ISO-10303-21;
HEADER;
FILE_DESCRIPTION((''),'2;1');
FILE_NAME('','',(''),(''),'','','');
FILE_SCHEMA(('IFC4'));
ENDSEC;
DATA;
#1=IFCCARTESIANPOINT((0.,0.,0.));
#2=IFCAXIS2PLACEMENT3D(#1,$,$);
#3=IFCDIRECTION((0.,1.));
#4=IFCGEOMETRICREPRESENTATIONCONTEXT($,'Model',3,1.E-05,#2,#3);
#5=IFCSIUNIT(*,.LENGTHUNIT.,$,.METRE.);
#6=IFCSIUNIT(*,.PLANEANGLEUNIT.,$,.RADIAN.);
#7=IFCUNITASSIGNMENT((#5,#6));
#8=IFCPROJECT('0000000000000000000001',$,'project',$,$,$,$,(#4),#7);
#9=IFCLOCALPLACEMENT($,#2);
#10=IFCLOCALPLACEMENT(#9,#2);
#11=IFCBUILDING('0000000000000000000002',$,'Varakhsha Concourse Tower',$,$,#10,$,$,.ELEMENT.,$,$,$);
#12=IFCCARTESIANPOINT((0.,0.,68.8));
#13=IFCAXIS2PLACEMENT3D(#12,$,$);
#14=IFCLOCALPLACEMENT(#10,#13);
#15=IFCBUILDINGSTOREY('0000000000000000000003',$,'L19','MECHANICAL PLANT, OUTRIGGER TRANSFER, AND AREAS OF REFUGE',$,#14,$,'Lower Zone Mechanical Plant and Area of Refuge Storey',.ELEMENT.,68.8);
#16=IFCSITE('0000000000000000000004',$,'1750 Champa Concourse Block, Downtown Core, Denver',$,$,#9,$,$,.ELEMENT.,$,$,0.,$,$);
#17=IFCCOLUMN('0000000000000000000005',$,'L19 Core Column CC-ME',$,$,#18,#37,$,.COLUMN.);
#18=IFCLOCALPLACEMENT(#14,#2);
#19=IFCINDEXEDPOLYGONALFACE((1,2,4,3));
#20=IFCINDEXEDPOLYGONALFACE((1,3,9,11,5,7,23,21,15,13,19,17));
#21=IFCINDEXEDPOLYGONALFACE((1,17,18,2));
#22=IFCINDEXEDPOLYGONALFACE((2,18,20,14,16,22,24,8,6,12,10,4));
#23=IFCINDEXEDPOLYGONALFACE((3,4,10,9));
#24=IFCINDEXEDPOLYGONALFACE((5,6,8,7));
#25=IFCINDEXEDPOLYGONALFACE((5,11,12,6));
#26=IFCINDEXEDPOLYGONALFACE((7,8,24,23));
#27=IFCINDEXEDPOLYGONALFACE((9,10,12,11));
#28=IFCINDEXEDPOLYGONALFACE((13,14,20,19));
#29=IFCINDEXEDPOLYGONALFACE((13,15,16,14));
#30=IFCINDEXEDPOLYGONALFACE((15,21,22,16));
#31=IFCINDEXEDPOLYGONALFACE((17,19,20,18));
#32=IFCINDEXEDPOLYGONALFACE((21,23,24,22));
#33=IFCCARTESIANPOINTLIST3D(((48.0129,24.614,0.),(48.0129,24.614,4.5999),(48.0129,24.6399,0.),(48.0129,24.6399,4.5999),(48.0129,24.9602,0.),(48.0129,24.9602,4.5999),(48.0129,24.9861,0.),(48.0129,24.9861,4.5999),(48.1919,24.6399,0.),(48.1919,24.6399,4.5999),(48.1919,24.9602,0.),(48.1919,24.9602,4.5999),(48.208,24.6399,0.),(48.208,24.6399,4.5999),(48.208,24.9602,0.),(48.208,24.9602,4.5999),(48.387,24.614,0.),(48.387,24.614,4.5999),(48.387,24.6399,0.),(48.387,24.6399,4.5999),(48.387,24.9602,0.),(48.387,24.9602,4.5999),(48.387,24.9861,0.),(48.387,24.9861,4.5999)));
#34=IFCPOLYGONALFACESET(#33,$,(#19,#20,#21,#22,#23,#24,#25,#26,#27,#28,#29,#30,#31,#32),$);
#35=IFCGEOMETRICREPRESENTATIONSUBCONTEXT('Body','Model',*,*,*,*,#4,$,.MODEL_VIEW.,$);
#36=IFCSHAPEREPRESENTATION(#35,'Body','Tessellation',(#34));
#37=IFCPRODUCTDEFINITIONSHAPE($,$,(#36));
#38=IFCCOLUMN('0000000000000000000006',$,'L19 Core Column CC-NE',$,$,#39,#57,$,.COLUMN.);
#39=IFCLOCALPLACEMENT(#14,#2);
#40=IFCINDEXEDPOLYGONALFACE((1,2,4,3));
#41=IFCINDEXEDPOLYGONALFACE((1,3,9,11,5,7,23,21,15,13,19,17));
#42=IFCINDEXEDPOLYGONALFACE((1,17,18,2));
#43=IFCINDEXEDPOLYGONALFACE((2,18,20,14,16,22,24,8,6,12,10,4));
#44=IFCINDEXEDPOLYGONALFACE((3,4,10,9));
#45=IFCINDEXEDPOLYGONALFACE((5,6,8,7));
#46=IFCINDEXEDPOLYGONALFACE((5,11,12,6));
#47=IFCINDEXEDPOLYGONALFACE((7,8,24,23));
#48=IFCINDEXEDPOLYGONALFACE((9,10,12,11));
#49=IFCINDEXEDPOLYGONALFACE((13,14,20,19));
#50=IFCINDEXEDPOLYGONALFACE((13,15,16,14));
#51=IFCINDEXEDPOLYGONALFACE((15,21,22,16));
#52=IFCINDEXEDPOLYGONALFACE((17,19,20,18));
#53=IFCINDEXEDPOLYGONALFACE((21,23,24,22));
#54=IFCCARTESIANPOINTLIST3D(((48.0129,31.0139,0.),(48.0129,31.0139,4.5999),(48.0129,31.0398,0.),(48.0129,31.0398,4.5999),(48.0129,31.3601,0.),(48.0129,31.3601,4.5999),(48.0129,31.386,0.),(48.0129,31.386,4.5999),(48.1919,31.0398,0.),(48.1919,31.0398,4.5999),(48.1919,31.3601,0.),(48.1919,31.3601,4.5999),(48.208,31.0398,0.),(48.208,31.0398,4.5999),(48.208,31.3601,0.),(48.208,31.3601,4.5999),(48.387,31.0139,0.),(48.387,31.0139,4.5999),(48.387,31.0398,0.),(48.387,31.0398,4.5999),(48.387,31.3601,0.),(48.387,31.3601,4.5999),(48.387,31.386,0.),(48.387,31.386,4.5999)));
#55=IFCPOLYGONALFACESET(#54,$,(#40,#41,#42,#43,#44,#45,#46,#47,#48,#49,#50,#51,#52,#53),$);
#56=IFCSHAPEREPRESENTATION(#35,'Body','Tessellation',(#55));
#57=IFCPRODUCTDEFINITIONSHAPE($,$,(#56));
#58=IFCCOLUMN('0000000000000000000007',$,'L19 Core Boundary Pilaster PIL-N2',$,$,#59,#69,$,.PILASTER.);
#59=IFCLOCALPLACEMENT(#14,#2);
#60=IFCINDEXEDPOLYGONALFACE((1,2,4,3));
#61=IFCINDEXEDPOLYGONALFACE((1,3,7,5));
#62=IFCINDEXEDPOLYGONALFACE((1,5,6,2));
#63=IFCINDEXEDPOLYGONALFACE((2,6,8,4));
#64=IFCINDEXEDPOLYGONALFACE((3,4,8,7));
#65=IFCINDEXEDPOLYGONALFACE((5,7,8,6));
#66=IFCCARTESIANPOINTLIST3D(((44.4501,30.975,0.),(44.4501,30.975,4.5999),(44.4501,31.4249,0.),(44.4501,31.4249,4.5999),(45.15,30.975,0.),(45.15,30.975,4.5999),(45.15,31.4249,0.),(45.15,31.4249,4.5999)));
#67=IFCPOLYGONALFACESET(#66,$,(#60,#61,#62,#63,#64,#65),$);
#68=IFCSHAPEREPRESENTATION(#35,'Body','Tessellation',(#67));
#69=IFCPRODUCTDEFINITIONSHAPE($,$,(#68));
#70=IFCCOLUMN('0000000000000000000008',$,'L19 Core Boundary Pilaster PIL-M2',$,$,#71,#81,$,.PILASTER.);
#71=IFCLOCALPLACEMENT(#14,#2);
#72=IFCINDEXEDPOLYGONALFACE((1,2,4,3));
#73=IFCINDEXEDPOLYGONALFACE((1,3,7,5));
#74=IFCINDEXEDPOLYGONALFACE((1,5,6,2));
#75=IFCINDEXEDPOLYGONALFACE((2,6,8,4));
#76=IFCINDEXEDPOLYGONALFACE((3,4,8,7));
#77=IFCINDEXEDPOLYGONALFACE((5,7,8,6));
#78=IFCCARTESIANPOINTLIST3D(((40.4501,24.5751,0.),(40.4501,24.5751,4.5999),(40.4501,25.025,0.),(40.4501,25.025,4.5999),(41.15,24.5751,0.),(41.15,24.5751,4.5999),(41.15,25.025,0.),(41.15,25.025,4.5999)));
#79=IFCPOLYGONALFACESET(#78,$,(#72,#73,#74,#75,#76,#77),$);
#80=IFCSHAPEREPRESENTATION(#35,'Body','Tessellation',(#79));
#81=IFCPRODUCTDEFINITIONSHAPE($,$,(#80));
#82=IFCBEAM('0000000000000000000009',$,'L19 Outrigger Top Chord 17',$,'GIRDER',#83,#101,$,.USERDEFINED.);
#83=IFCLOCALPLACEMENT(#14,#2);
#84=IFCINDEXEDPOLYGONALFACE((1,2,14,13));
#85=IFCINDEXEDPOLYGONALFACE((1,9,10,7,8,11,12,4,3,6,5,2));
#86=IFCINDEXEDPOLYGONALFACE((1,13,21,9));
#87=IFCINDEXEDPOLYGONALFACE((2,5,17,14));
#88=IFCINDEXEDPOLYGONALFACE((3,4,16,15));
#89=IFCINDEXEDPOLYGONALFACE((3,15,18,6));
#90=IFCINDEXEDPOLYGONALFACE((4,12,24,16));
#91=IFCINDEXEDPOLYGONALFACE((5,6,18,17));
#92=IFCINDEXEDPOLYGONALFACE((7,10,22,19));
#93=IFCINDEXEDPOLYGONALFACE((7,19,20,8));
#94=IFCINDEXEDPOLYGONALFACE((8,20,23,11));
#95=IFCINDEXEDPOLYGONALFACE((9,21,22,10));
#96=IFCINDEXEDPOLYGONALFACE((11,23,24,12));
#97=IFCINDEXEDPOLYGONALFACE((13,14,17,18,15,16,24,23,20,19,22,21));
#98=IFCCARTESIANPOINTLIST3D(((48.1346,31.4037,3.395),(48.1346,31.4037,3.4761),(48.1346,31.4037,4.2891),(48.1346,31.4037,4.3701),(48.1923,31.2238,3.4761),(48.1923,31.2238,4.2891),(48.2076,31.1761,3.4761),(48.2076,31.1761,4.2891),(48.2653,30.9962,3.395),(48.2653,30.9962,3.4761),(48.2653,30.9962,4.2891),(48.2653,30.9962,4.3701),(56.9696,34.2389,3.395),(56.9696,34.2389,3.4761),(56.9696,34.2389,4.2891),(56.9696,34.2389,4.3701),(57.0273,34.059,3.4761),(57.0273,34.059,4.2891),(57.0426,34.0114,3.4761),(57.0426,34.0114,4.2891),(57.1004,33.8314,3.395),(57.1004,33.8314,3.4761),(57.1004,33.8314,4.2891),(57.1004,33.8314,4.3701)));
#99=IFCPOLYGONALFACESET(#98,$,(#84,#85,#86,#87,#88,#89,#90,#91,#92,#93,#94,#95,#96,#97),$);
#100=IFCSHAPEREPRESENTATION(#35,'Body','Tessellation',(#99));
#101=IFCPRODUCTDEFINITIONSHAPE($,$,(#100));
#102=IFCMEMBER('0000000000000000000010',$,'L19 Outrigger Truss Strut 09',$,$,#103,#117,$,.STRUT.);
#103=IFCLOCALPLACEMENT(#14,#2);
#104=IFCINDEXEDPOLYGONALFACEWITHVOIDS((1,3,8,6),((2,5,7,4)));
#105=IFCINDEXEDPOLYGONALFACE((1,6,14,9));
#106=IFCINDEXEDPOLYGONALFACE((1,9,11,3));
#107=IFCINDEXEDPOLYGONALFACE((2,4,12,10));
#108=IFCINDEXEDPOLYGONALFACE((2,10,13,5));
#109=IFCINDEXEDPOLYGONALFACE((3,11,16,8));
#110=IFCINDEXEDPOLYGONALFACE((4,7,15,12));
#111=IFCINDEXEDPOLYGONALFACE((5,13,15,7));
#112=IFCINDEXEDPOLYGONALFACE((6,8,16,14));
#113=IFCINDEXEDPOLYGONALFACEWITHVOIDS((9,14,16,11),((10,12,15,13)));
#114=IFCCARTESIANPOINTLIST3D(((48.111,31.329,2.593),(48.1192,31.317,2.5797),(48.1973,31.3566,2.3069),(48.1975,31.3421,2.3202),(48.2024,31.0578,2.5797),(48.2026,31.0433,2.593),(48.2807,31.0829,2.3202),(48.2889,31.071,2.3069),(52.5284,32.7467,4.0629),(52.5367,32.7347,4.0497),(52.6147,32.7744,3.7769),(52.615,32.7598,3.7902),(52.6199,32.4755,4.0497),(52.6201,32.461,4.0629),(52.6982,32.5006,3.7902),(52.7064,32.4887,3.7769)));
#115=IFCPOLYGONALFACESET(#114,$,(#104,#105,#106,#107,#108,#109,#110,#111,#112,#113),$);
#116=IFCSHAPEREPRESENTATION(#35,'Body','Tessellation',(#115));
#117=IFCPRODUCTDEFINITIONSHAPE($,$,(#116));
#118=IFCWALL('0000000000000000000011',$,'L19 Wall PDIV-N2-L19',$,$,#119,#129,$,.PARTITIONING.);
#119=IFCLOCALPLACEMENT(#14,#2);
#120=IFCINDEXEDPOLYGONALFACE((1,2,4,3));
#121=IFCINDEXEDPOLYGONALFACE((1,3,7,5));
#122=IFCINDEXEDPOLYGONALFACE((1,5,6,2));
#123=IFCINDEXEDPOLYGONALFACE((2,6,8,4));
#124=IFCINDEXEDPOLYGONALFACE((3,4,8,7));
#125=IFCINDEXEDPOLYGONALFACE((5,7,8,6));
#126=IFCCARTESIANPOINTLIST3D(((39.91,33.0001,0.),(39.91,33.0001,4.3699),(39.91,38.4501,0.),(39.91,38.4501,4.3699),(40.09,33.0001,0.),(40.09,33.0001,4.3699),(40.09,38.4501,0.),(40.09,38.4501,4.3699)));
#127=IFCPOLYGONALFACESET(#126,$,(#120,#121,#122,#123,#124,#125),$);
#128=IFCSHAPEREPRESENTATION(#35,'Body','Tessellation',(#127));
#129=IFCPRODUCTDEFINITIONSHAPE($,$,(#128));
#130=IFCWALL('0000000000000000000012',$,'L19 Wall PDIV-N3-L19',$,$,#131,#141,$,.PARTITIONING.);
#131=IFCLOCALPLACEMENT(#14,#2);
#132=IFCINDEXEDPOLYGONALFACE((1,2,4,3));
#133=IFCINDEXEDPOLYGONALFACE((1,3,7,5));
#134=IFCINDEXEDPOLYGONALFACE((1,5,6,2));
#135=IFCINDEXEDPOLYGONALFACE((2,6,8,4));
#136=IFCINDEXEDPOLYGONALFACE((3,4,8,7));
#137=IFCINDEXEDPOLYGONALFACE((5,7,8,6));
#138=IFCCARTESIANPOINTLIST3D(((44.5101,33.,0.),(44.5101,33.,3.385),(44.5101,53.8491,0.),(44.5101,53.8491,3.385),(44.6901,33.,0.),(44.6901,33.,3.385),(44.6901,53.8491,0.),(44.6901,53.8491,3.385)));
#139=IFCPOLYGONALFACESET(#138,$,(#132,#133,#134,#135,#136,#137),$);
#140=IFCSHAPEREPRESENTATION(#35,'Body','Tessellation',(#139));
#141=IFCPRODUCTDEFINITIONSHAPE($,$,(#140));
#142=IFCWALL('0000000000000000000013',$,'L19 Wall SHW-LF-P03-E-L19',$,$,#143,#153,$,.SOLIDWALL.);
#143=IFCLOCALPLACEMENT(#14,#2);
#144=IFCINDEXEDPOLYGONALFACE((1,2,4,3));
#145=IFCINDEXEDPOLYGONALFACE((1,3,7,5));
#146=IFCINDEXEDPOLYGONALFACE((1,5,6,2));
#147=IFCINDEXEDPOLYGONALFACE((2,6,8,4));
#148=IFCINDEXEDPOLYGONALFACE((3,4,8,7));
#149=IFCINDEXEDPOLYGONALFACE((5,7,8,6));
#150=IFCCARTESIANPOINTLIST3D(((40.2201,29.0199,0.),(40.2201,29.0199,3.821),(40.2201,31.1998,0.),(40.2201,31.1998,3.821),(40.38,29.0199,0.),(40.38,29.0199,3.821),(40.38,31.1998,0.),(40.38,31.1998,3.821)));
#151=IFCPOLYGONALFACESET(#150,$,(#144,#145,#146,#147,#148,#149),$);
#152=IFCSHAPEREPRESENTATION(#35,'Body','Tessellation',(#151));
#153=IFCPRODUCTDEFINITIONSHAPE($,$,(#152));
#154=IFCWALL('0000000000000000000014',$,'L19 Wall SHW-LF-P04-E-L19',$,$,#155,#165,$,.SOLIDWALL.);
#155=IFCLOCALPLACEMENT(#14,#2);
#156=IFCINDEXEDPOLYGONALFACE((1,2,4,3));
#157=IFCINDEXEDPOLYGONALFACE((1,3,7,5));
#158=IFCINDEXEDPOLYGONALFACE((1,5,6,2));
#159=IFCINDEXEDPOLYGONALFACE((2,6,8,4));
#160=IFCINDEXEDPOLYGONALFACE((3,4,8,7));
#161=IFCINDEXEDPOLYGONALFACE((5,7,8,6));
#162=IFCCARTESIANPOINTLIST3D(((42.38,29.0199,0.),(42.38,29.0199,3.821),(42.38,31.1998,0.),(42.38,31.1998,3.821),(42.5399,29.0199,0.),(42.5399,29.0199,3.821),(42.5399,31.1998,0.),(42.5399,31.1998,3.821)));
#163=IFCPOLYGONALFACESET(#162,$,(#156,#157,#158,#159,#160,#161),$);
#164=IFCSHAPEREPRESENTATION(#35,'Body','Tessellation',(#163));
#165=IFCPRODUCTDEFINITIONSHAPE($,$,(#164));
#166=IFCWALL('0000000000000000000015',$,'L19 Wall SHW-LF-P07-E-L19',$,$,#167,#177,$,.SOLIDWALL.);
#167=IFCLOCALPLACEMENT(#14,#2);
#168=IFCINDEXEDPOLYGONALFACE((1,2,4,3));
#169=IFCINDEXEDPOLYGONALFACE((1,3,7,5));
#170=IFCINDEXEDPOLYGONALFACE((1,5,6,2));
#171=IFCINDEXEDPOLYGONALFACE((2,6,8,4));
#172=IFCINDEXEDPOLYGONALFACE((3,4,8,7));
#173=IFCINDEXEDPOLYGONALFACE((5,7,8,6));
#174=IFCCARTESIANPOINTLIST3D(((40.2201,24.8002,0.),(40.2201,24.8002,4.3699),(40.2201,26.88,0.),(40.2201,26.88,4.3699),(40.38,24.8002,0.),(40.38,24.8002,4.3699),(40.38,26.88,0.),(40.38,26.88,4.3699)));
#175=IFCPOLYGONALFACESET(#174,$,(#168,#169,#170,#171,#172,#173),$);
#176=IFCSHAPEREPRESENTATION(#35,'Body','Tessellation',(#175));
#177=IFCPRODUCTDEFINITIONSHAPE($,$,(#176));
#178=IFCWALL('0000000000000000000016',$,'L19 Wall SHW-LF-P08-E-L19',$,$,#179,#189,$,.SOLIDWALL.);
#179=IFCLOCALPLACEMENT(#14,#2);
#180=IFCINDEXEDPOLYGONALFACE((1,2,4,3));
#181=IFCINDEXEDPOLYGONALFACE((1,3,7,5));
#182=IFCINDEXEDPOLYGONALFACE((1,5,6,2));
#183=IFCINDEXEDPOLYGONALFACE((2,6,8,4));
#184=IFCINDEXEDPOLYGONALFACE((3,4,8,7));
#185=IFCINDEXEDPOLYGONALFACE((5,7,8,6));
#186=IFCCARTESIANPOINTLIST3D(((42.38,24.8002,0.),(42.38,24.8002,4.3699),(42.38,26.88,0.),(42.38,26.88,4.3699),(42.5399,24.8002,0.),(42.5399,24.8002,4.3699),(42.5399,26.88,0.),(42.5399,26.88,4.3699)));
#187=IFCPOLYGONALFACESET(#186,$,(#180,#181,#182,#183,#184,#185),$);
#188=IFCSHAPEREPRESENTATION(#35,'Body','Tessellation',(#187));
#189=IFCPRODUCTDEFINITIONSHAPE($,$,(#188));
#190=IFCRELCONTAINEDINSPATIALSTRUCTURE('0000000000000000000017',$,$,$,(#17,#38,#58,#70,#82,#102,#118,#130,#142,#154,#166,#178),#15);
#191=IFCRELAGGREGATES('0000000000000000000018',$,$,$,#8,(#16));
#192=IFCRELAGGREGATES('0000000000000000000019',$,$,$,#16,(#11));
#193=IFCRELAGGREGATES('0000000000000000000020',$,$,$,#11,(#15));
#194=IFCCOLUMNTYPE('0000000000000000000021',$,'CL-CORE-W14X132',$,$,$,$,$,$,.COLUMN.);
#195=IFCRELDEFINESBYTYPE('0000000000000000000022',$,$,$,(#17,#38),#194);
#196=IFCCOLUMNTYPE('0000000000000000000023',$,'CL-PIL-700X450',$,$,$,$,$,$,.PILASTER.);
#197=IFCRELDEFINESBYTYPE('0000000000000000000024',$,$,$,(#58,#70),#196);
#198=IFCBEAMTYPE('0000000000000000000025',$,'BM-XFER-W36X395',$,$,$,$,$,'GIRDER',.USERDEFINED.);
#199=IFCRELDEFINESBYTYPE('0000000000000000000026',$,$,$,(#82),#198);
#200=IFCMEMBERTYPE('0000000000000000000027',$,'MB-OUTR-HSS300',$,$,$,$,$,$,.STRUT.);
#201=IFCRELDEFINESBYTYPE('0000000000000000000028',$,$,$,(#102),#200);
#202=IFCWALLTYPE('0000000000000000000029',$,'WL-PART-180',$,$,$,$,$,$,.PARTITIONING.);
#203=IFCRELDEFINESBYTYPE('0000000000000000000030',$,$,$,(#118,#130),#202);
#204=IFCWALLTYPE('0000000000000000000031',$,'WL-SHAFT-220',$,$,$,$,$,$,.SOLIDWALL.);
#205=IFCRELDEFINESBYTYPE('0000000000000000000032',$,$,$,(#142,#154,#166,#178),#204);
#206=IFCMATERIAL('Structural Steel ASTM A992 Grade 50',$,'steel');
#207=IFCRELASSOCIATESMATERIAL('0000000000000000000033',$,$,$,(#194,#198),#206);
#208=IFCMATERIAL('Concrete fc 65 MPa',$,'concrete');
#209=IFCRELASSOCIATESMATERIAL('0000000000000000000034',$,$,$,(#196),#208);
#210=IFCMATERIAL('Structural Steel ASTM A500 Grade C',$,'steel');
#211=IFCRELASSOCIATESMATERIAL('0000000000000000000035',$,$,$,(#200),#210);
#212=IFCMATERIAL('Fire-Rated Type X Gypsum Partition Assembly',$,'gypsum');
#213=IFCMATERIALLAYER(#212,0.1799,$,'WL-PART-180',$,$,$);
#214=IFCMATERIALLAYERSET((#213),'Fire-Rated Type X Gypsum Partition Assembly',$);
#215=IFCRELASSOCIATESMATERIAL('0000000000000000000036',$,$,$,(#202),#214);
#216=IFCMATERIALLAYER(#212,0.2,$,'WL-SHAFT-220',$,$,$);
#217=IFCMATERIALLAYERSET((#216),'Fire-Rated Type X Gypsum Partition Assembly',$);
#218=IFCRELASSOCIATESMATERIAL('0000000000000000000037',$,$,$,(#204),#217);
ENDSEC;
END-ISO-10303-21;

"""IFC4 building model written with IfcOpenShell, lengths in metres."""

from ifc_helpers import new_model, si_unit, direction, frame, frame_2d, origin, origin_2d, place, context, subcontext, project, spatial, rectangle, hollow_rectangle, i_section, extrude, source, transform, mapped, material, layer, layer_set, material_profile, profile_set, type_object, type_shapes, element, save


model = new_model("IFC4")

# Units and contexts
model_context = context("Model", 3, precision=1e-05, world=origin(), true_north=direction((0.0, 1.0)))
body_context = subcontext(model_context, "Body", "Model", "MODEL_VIEW")
ifc_project = project(units=[si_unit("LENGTHUNIT", "METRE"), si_unit("PLANEANGLEUNIT", "RADIAN")], contexts=[model_context])

# Site, building, storey
site_placement = place(None, origin())
site = spatial("IfcSite", under=ifc_project, at=site_placement, Name="1750 Champa Concourse Block, Downtown Core, Denver", CompositionType="ELEMENT", RefElevation=0.0)
building_placement = place(site_placement, origin())
building = spatial("IfcBuilding", under=site, at=building_placement, Name="Varakhsha Concourse Tower", CompositionType="ELEMENT")
storey_placement = place(building_placement, frame((0.0, 0.0, 68.8)))
storey = spatial("IfcBuildingStorey", under=building, at=storey_placement, Name="L19", Description="MECHANICAL PLANT, OUTRIGGER TRANSFER, AND AREAS OF REFUGE", LongName="Lower Zone Mechanical Plant and Area of Refuge Storey", CompositionType="ELEMENT", Elevation=68.8)

# Columns
ifc_material_1 = material(Name="Structural Steel ASTM A992 Grade 50", Category="steel")
ifc_material_profile_1 = material_profile(ifc_material_1, i_section(OverallWidth=0.374, OverallDepth=0.3721, WebThickness=0.0161, FlangeThickness=0.0259, at=origin_2d()), Name="W14X132")
ifc_profile_set_1 = profile_set([ifc_material_profile_1], Name="Structural Steel ASTM A992 Grade 50")
column_type_1 = type_object("IfcColumnType", Name="CL-CORE-W14X132", PredefinedType="COLUMN", material=ifc_profile_set_1)
for number, where, z_axis, x_axis, name in (
    (1, (48.2, 24.8, 0.0), (0.0, 0.0, 1.0), (1.0, 0.0, 0.0), "L19 Core Column CC-ME"),
    (2, (48.2, 31.2, 0.0), (0.0, 0.0, 1.0), (1.0, 0.0, 0.0), "L19 Core Column CC-NE"),
):
    element("IfcColumn", number, at=place(storey_placement, frame(where, z_axis=z_axis, x_axis=x_axis)), inside=storey, type_object=column_type_1, Name=name, PredefinedType="COLUMN", context=body_context, shape_type="SweptSolid", body=[
        extrude(i_section(OverallWidth=0.374, OverallDepth=0.3721, WebThickness=0.0161, FlangeThickness=0.0259, at=origin_2d()), origin(), (0.0, 0.0, 1.0), 4.5999),
    ])
ifc_material_2 = material(Name="Concrete fc 65 MPa", Category="concrete")
ifc_material_profile_2 = material_profile(ifc_material_2, rectangle(XDim=0.7, YDim=0.45, at=origin_2d()), Name="RC 700x450")
ifc_profile_set_2 = profile_set([ifc_material_profile_2], Name="Concrete fc 65 MPa")
column_type_2 = type_object("IfcColumnType", Name="CL-PIL-700X450", PredefinedType="PILASTER", material=ifc_profile_set_2)
for number, where, z_axis, x_axis, name in (
    (3, (44.8, 31.2, 0.0), (0.0, 0.0, 1.0), (1.0, 0.0, 0.0), "L19 Core Boundary Pilaster PIL-N2"),
    (4, (40.8, 24.8, 0.0), (0.0, 0.0, 1.0), (1.0, 0.0, 0.0), "L19 Core Boundary Pilaster PIL-M2"),
):
    element("IfcColumn", number, at=place(storey_placement, frame(where, z_axis=z_axis, x_axis=x_axis)), inside=storey, type_object=column_type_2, Name=name, PredefinedType="PILASTER", context=body_context, shape_type="SweptSolid", body=[
        extrude(rectangle(XDim=0.7, YDim=0.45, at=origin_2d()), origin(), (0.0, 0.0, 1.0), 4.5999),
    ])

# Beam
ifc_material_profile_3 = material_profile(ifc_material_1, i_section(OverallWidth=0.428, OverallDepth=0.9751, WebThickness=0.05, FlangeThickness=0.0811, at=origin_2d()), Name="W36X395")
ifc_profile_set_3 = profile_set([ifc_material_profile_3], Name="Structural Steel ASTM A992 Grade 50")
beam_type = type_object("IfcBeamType", Name="BM-XFER-W36X395", ElementType="GIRDER", PredefinedType="USERDEFINED", material=ifc_profile_set_3)
beam_placement = place(storey_placement, frame((48.2, 31.2, 3.8826), z_axis=(0.952173, 0.305559, 0.0), x_axis=(-0.305559, 0.952173, 0.0)))
element("IfcBeam", 5, at=beam_placement, inside=storey, type_object=beam_type, Name="L19 Outrigger Top Chord 17", ObjectType="GIRDER", PredefinedType="USERDEFINED", context=body_context, shape_type="SweptSolid", body=[
    extrude(i_section(OverallWidth=0.428, OverallDepth=0.9751, WebThickness=0.05, FlangeThickness=0.0811, at=origin_2d()), origin(), (0.0, 0.0, 1.0), 9.2788),
])

# Member
ifc_material_3 = material(Name="Structural Steel ASTM A500 Grade C", Category="steel")
ifc_material_profile_4 = material_profile(ifc_material_3, hollow_rectangle(XDim=0.3, YDim=0.3, WallThickness=0.0139, at=origin_2d()), Name="HSS 300x300x14")
ifc_profile_set_4 = profile_set([ifc_material_profile_4], Name="Structural Steel ASTM A500 Grade C")
member_type = type_object("IfcMemberType", Name="MB-OUTR-HSS300", PredefinedType="STRUT", material=ifc_profile_set_4)
shared_shape = source(origin(), body_context, "Body", "SweptSolid", [
    extrude(hollow_rectangle(XDim=0.3, YDim=0.3, WallThickness=0.0139, at=origin_2d()), origin(), (0.0, 0.0, 1.0), 4.8667),
])
type_shapes(member_type, [shared_shape])
member_placement = place(storey_placement, frame((48.2, 31.2, 2.45), z_axis=(0.907693, 0.291311, 0.302046), x_axis=(-0.305583, 0.952165, 0.0)))
element("IfcMember", 6, at=member_placement, inside=storey, type_object=member_type, Name="L19 Outrigger Truss Strut 09", PredefinedType="STRUT", context=body_context, shape_type="MappedRepresentation", body=[
    mapped(shared_shape, transform((0.0, 0.0, 0.0), scale=1.0)),
])

# Walls
ifc_material_4 = material(Name="Fire-Rated Type X Gypsum Partition Assembly", Category="gypsum")
ifc_layer_1 = layer(ifc_material_4, 0.1799, Name="WL-PART-180")
ifc_layer_set_1 = layer_set([ifc_layer_1], Name="Fire-Rated Type X Gypsum Partition Assembly")
wall_type_1 = type_object("IfcWallType", Name="WL-PART-180", PredefinedType="PARTITIONING", material=ifc_layer_set_1)
wall_1_placement = place(storey_placement, frame((40.0, 33.0, 0.0), z_axis=(0.0, 0.0, 1.0), x_axis=(0.0, 1.0, 0.0)))
element("IfcWall", 7, at=wall_1_placement, inside=storey, type_object=wall_type_1, Name="L19 Wall PDIV-N2-L19", PredefinedType="PARTITIONING", context=body_context, shape_type="SweptSolid", body=[
    extrude(rectangle(XDim=5.45, YDim=0.1799, at=frame_2d((2.7251, 0.0))), origin(), (0.0, 0.0, 1.0), 4.3699),
])
wall_2_placement = place(storey_placement, frame((44.6001, 33.0, 0.0), z_axis=(0.0, 0.0, 1.0), x_axis=(0.0, 1.0, 0.0)))
element("IfcWall", 8, at=wall_2_placement, inside=storey, type_object=wall_type_1, Name="L19 Wall PDIV-N3-L19", PredefinedType="PARTITIONING", context=body_context, shape_type="SweptSolid", body=[
    extrude(rectangle(XDim=20.8491, YDim=0.1799, at=frame_2d((10.4246, 0.0))), origin(), (0.0, 0.0, 1.0), 3.385),
])
ifc_layer_2 = layer(ifc_material_4, 0.2, Name="WL-SHAFT-220")
ifc_layer_set_2 = layer_set([ifc_layer_2], Name="Fire-Rated Type X Gypsum Partition Assembly")
wall_type_2 = type_object("IfcWallType", Name="WL-SHAFT-220", PredefinedType="SOLIDWALL", material=ifc_layer_set_2)
for number, where, z_axis, x_axis, name in (
    (9, (40.3, 29.02, 0.0), (0.0, 0.0, 1.0), (0.0, 1.0, 0.0), "L19 Wall SHW-LF-P03-E-L19"),
    (10, (42.46, 29.02, 0.0), (0.0, 0.0, 1.0), (0.0, 1.0, 0.0), "L19 Wall SHW-LF-P04-E-L19"),
):
    element("IfcWall", number, at=place(storey_placement, frame(where, z_axis=z_axis, x_axis=x_axis)), inside=storey, type_object=wall_type_2, Name=name, PredefinedType="SOLIDWALL", context=body_context, shape_type="SweptSolid", body=[
        extrude(rectangle(XDim=2.1799, YDim=0.1599, at=frame_2d((1.0898, 0.0))), origin(), (0.0, 0.0, 1.0), 3.821),
    ])
for number, where, z_axis, x_axis, name in (
    (11, (40.3, 24.8, 0.0), (0.0, 0.0, 1.0), (0.0, 1.0, 0.0), "L19 Wall SHW-LF-P07-E-L19"),
    (12, (42.46, 24.8, 0.0), (0.0, 0.0, 1.0), (0.0, 1.0, 0.0), "L19 Wall SHW-LF-P08-E-L19"),
):
    element("IfcWall", number, at=place(storey_placement, frame(where, z_axis=z_axis, x_axis=x_axis)), inside=storey, type_object=wall_type_2, Name=name, PredefinedType="SOLIDWALL", context=body_context, shape_type="SweptSolid", body=[
        extrude(rectangle(XDim=2.0798, YDim=0.1599, at=frame_2d((1.04, 0.0))), origin(), (0.0, 0.0, 1.0), 4.3699),
    ])

save(model, "model.ifc")
